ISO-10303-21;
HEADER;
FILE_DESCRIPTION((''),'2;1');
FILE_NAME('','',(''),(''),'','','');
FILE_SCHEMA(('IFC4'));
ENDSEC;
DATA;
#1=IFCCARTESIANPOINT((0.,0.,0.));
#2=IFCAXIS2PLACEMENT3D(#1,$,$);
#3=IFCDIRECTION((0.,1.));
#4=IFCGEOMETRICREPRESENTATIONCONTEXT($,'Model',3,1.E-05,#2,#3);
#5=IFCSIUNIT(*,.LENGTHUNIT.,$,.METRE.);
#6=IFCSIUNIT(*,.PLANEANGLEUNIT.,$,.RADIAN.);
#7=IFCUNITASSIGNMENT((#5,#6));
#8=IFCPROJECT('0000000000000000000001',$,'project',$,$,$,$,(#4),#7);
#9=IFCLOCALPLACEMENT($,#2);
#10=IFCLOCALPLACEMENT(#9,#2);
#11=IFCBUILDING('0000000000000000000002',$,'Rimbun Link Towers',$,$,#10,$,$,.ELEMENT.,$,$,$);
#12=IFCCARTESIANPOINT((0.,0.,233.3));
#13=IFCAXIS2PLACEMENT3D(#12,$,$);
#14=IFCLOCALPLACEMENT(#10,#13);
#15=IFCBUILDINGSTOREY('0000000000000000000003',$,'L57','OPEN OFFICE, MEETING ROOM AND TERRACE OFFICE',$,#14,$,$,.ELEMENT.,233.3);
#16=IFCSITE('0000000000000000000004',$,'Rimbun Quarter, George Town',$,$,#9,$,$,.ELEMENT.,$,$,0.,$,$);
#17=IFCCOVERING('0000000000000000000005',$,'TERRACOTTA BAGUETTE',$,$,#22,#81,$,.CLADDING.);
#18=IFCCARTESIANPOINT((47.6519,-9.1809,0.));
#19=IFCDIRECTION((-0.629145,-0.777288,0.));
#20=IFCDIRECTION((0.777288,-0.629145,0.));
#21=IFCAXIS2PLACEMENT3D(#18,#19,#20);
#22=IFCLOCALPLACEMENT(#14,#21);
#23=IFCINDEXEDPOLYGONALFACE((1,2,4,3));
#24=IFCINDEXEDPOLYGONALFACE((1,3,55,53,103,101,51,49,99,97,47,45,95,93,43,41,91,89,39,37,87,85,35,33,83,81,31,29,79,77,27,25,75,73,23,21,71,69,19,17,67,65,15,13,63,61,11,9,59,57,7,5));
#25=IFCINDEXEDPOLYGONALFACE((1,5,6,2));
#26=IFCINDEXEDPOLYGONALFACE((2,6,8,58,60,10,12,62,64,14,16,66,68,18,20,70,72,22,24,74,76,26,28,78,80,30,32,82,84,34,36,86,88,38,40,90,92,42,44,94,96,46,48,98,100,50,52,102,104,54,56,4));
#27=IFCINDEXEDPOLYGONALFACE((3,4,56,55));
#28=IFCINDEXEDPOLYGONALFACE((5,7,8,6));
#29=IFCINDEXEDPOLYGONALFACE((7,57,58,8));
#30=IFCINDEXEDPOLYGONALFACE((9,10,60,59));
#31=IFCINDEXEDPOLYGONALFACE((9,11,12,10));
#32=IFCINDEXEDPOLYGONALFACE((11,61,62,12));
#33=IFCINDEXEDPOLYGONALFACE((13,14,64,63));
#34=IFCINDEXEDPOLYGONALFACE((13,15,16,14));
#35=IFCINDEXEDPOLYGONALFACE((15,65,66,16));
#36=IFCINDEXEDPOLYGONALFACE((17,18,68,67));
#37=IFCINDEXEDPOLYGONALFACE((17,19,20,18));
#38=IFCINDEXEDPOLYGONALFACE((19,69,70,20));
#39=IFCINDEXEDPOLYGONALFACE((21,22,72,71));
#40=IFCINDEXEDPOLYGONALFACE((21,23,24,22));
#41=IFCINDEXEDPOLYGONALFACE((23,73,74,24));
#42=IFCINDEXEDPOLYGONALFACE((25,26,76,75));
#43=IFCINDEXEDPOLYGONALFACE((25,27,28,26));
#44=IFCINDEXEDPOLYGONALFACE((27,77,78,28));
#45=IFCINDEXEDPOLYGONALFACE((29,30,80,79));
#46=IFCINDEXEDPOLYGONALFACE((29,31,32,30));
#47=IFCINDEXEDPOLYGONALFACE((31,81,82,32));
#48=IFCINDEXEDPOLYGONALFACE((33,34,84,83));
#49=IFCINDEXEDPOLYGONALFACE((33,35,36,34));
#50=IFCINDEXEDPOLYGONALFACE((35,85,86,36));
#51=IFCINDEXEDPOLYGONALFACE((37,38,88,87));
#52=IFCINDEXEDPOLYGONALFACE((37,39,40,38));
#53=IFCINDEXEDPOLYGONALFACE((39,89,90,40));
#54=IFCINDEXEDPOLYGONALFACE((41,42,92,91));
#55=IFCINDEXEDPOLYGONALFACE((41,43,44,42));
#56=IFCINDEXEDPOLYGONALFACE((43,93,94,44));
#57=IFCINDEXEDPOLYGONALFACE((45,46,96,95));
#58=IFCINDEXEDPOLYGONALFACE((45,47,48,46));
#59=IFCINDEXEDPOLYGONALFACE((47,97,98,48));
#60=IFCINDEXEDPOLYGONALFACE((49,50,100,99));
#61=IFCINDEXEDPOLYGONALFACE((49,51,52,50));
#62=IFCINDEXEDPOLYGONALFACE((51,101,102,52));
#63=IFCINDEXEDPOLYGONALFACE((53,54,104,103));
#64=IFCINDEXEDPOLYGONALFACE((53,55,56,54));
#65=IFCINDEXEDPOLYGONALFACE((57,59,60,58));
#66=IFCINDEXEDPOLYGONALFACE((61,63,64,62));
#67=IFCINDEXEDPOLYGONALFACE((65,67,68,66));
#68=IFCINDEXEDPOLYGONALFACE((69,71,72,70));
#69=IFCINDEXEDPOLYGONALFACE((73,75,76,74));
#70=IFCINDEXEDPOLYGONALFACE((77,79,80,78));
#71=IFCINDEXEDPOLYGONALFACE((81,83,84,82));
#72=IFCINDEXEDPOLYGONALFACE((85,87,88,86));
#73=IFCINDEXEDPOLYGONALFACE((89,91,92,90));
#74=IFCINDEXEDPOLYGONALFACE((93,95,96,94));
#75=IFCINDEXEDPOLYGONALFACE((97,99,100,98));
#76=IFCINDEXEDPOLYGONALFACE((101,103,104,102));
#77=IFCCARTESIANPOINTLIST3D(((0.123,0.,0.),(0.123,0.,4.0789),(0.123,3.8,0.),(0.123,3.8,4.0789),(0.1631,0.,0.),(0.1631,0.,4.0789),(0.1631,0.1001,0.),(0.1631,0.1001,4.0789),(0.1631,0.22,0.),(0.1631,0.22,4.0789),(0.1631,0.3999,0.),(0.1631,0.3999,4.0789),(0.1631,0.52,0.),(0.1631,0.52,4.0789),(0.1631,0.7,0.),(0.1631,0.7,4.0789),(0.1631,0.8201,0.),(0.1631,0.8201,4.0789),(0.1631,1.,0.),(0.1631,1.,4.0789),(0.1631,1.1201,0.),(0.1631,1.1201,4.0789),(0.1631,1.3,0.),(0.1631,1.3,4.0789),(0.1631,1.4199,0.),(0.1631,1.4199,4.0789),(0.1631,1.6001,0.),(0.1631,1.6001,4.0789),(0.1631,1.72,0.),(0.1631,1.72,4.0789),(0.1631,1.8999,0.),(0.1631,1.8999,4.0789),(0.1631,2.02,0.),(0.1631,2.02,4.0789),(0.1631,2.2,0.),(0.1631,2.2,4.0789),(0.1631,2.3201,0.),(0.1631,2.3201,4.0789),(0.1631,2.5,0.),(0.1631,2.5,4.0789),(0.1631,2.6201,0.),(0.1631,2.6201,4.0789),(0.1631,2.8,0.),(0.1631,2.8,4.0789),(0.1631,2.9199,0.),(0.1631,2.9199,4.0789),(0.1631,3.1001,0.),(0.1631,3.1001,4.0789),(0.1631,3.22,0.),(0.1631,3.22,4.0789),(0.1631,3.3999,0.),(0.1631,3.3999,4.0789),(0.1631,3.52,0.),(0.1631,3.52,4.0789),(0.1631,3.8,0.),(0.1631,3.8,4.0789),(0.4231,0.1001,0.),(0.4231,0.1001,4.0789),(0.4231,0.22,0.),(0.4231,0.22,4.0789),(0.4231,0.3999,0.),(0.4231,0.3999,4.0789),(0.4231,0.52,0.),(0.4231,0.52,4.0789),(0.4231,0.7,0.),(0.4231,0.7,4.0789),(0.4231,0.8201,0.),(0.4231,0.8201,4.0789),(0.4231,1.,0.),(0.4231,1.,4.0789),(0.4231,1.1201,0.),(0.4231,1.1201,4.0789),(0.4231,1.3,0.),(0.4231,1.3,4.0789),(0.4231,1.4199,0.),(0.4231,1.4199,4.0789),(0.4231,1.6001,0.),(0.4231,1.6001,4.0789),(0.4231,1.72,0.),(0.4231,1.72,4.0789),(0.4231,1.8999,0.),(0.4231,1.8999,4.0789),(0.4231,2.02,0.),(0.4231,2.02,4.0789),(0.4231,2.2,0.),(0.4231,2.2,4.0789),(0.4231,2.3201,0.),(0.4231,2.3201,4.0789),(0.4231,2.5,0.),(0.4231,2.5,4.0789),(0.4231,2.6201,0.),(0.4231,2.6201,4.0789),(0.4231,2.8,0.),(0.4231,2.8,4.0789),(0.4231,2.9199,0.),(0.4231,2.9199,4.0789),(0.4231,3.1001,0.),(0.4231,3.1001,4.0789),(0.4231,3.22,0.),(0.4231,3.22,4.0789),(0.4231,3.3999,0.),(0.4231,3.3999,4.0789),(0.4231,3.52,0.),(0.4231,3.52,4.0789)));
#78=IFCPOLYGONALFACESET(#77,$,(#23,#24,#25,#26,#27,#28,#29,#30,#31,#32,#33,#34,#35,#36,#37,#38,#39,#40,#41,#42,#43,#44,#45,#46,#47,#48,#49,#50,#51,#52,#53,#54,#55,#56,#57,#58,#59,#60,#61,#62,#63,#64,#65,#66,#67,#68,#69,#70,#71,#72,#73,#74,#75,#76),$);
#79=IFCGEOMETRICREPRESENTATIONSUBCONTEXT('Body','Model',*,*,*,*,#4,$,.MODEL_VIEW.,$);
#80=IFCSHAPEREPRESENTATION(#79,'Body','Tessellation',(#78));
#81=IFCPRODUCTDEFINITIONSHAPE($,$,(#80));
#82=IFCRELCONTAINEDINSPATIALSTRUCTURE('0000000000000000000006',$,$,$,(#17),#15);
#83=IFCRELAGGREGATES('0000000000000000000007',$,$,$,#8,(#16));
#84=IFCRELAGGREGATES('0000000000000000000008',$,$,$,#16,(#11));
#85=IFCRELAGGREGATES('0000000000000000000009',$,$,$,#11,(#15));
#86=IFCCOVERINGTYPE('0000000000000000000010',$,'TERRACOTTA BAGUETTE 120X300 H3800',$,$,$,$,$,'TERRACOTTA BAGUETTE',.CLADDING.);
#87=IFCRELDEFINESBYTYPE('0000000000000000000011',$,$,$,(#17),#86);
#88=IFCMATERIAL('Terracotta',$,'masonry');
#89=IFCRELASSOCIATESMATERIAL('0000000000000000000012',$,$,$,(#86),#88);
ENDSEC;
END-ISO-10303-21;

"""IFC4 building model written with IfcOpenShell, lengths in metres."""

from ifc_helpers import new_model, si_unit, direction, frame, origin, place, context, subcontext, project, spatial, polyline, outline, extrude, material, material_profile, profile_set, type_object, element, save


model = new_model("IFC4")

# Units and contexts
model_context = context("Model", 3, precision=1e-05, world=origin(), true_north=direction((0.0, 1.0)))
body_context = subcontext(model_context, "Body", "Model", "MODEL_VIEW")
ifc_project = project(units=[si_unit("LENGTHUNIT", "METRE"), si_unit("PLANEANGLEUNIT", "RADIAN")], contexts=[model_context])

# Site, building, storey
site_placement = place(None, origin())
site = spatial("IfcSite", under=ifc_project, at=site_placement, Name="Rimbun Quarter, George Town", CompositionType="ELEMENT", RefElevation=0.0)
building_placement = place(site_placement, origin())
building = spatial("IfcBuilding", under=site, at=building_placement, Name="Rimbun Link Towers", CompositionType="ELEMENT")
storey_placement = place(building_placement, frame((0.0, 0.0, 233.3)))
storey = spatial("IfcBuildingStorey", under=building, at=storey_placement, Name="L57", Description="OPEN OFFICE, MEETING ROOM AND TERRACE OFFICE", CompositionType="ELEMENT", Elevation=233.3)

# Covering
ifc_material_1 = material(Name="Terracotta", Category="masonry")
ifc_material_profile_1 = material_profile(ifc_material_1, outline(polyline([(0.123, 0.0), (0.1631, 0.0), (0.1631, 0.1001), (0.4231, 0.1001), (0.4231, 0.22), (0.1631, 0.22), (0.1631, 0.3999), (0.4231, 0.3999), (0.4231, 0.52), (0.1631, 0.52), (0.1631, 0.7), (0.4231, 0.7), (0.4231, 0.8201), (0.1631, 0.8201), (0.1631, 1.0), (0.4231, 1.0), (0.4231, 1.1201), (0.1631, 1.1201), (0.1631, 1.3), (0.4231, 1.3), (0.4231, 1.4199), (0.1631, 1.4199), (0.1631, 1.6001), (0.4231, 1.6001), (0.4231, 1.72), (0.1631, 1.72), (0.1631, 1.8999), (0.4231, 1.8999), (0.4231, 2.02), (0.1631, 2.02), (0.1631, 2.2), (0.4231, 2.2), (0.4231, 2.3201), (0.1631, 2.3201), (0.1631, 2.5), (0.4231, 2.5), (0.4231, 2.6201), (0.1631, 2.6201), (0.1631, 2.8), (0.4231, 2.8), (0.4231, 2.9199), (0.1631, 2.9199), (0.1631, 3.1001), (0.4231, 3.1001), (0.4231, 3.22), (0.1631, 3.22), (0.1631, 3.3999), (0.4231, 3.3999), (0.4231, 3.52), (0.1631, 3.52), (0.1631, 3.8), (0.123, 3.8), (0.123, 0.0)])), Name="BAGUETTE 120X300")
ifc_profile_set_1 = profile_set([ifc_material_profile_1], Name="Terracotta")
covering_type = type_object("IfcCoveringType", Name="TERRACOTTA BAGUETTE 120X300 H3800", ElementType="TERRACOTTA BAGUETTE", PredefinedType="CLADDING", material=ifc_profile_set_1)
covering_placement = place(storey_placement, frame((47.6519, -9.1809, 0.0), z_axis=(-0.629145, -0.777288, 0.0), x_axis=(0.777288, -0.629145, 0.0)))
element("IfcCovering", 1, at=covering_placement, inside=storey, type_object=covering_type, Name="TERRACOTTA BAGUETTE", PredefinedType="CLADDING", context=body_context, shape_type="SweptSolid", body=[
    extrude(outline(polyline([(0.123, 0.0), (0.1631, 0.0), (0.1631, 0.1001), (0.4231, 0.1001), (0.4231, 0.22), (0.1631, 0.22), (0.1631, 0.3999), (0.4231, 0.3999), (0.4231, 0.52), (0.1631, 0.52), (0.1631, 0.7), (0.4231, 0.7), (0.4231, 0.8201), (0.1631, 0.8201), (0.1631, 1.0), (0.4231, 1.0), (0.4231, 1.1201), (0.1631, 1.1201), (0.1631, 1.3), (0.4231, 1.3), (0.4231, 1.4199), (0.1631, 1.4199), (0.1631, 1.6001), (0.4231, 1.6001), (0.4231, 1.72), (0.1631, 1.72), (0.1631, 1.8999), (0.4231, 1.8999), (0.4231, 2.02), (0.1631, 2.02), (0.1631, 2.2), (0.4231, 2.2), (0.4231, 2.3201), (0.1631, 2.3201), (0.1631, 2.5), (0.4231, 2.5), (0.4231, 2.6201), (0.1631, 2.6201), (0.1631, 2.8), (0.4231, 2.8), (0.4231, 2.9199), (0.1631, 2.9199), (0.1631, 3.1001), (0.4231, 3.1001), (0.4231, 3.22), (0.1631, 3.22), (0.1631, 3.3999), (0.4231, 3.3999), (0.4231, 3.52), (0.1631, 3.52), (0.1631, 3.8), (0.123, 3.8), (0.123, 0.0)])), origin(), (0.0, 0.0, 1.0), 4.0789),
])

save(model, "model.ifc")
